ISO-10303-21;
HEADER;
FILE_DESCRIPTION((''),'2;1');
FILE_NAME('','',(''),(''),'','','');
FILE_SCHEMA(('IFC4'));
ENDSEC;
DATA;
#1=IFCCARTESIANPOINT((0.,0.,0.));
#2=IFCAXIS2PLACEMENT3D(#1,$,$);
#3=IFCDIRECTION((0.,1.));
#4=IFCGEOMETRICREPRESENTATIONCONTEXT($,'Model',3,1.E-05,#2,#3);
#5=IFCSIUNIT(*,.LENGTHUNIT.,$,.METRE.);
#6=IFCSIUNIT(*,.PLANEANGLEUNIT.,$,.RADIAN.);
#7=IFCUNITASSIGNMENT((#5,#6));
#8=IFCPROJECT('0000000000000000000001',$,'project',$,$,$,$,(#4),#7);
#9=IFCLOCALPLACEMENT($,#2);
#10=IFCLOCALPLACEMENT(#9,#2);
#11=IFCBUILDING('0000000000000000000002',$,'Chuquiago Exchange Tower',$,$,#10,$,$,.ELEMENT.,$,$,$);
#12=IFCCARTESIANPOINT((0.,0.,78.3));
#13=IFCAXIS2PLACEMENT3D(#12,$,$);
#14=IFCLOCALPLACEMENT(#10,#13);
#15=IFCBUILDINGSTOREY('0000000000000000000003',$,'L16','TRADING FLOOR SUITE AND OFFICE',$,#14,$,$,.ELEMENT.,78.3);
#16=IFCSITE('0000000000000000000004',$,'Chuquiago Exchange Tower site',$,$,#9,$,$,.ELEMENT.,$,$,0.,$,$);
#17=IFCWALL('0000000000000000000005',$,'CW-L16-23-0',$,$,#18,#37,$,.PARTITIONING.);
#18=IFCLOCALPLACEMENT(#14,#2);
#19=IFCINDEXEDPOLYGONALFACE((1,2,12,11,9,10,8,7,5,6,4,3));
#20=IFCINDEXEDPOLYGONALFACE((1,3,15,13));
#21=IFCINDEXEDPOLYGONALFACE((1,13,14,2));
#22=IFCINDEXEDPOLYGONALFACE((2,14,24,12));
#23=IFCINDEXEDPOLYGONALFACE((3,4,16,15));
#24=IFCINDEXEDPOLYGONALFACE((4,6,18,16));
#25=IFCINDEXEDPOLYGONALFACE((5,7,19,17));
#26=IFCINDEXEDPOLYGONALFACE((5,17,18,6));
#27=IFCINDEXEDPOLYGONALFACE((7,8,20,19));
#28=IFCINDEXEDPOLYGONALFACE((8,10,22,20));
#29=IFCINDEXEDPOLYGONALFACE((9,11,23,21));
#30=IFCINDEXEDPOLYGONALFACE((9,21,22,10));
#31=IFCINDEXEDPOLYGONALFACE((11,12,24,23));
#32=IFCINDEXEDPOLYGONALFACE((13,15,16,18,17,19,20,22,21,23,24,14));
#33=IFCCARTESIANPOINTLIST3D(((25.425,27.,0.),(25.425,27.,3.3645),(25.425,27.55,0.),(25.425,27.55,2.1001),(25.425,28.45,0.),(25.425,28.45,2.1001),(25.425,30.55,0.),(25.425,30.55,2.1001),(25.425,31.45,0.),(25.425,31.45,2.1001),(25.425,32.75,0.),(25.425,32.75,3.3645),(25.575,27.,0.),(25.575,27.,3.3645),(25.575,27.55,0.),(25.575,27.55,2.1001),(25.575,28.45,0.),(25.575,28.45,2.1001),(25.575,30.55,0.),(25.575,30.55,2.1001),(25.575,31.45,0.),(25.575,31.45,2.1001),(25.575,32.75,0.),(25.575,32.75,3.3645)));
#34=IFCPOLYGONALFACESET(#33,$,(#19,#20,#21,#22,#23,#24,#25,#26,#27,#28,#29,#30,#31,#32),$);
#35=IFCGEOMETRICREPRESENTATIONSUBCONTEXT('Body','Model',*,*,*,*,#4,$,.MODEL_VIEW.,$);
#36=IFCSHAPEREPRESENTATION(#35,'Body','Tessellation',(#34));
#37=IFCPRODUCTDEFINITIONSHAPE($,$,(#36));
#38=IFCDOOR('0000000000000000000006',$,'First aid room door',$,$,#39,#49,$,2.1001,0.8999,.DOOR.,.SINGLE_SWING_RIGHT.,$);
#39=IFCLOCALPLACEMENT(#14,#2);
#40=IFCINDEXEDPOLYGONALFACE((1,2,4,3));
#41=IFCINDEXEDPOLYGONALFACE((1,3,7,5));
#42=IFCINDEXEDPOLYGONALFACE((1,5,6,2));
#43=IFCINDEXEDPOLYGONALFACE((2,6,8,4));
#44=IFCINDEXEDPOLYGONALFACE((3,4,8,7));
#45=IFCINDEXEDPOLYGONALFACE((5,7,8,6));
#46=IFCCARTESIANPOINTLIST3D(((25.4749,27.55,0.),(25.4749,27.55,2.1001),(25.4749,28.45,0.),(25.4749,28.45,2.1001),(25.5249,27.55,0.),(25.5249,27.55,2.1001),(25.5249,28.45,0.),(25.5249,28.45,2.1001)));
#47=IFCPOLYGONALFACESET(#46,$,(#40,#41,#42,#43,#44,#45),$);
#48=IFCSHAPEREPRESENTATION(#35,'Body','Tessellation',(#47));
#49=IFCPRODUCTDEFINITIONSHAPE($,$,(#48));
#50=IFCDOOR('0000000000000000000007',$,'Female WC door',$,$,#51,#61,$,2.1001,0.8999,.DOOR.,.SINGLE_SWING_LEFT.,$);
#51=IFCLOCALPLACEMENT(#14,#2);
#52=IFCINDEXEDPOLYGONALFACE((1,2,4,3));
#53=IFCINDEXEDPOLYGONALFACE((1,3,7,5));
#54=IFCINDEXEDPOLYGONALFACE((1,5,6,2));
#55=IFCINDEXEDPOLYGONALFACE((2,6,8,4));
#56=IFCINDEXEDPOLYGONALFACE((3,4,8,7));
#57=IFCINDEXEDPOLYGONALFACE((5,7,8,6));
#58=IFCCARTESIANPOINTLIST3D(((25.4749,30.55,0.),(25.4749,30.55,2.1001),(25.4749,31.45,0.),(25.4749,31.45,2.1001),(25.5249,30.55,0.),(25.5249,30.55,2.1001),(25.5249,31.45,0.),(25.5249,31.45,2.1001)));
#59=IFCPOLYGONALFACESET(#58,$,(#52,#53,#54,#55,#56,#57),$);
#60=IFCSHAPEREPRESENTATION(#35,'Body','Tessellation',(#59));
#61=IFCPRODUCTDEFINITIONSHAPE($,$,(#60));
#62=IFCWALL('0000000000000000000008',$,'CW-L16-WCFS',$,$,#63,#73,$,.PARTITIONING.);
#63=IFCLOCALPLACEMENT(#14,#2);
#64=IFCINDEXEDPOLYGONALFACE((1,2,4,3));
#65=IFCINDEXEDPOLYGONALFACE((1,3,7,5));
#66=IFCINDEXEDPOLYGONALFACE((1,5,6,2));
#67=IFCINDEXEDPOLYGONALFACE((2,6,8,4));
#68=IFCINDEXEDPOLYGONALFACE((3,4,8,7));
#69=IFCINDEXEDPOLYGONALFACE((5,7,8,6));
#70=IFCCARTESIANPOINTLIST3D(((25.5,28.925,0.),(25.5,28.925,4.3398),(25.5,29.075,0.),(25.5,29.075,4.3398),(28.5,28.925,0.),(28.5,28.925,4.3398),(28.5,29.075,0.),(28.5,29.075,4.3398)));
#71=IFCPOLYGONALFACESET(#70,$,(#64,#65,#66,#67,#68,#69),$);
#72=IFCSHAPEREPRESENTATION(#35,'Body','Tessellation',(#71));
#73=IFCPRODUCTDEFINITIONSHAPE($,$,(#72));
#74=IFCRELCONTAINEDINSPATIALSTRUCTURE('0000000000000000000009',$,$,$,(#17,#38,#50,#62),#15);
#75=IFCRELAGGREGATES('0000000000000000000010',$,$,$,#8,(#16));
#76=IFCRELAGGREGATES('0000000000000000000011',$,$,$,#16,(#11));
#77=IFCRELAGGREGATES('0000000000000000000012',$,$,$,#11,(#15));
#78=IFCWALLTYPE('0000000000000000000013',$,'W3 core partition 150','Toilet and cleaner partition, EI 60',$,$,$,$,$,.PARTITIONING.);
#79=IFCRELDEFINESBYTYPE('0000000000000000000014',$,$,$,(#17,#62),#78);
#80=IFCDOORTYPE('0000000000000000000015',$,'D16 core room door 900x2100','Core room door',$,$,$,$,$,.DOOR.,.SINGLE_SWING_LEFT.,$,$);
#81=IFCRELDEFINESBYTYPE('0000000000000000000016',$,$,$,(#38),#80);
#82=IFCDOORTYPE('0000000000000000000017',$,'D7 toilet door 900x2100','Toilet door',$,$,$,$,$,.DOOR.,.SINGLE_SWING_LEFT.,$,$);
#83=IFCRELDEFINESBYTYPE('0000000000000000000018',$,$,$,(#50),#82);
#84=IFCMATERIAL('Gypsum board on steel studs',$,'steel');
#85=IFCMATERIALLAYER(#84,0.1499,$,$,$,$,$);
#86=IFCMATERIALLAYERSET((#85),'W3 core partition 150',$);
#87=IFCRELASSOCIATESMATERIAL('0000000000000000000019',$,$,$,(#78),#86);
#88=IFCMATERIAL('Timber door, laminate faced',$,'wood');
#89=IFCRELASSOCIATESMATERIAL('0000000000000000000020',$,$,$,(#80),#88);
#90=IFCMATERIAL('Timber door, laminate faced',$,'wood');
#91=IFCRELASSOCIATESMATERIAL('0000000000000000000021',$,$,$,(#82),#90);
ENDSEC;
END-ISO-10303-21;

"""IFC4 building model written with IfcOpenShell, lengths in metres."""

from ifc_helpers import new_model, si_unit, direction, frame, frame_2d, origin, place, context, subcontext, project, spatial, rectangle, extrude, material, layer, layer_set, type_object, element, fill, save


model = new_model("IFC4")

# Units and contexts
model_context = context("Model", 3, precision=1e-05, world=origin(), true_north=direction((0.0, 1.0)))
body_context = subcontext(model_context, "Body", "Model", "MODEL_VIEW")
ifc_project = project(units=[si_unit("LENGTHUNIT", "METRE"), si_unit("PLANEANGLEUNIT", "RADIAN")], contexts=[model_context])

# Site, building, storey
site_placement = place(None, origin())
site = spatial("IfcSite", under=ifc_project, at=site_placement, Name="Chuquiago Exchange Tower site", CompositionType="ELEMENT", RefElevation=0.0)
building_placement = place(site_placement, origin())
building = spatial("IfcBuilding", under=site, at=building_placement, Name="Chuquiago Exchange Tower", CompositionType="ELEMENT")
storey_placement = place(building_placement, frame((0.0, 0.0, 78.3)))
storey = spatial("IfcBuildingStorey", under=building, at=storey_placement, Name="L16", Description="TRADING FLOOR SUITE AND OFFICE", CompositionType="ELEMENT", Elevation=78.3)

# Wall, openings, doors
ifc_material_1 = material(Name="Gypsum board on steel studs", Category="steel")
ifc_layer_1 = layer(ifc_material_1, 0.1499)
ifc_layer_set_1 = layer_set([ifc_layer_1], Name="W3 core partition 150")
wall_type_1 = type_object("IfcWallType", Name="W3 core partition 150", Description="Toilet and cleaner partition, EI 60", PredefinedType="PARTITIONING", material=ifc_layer_set_1)
ifc_material_2 = material(Name="Timber door, laminate faced", Category="wood")
door_type_1 = type_object("IfcDoorType", Name="D16 core room door 900x2100", Description="Core room door", OperationType="SINGLE_SWING_LEFT", PredefinedType="DOOR", material=ifc_material_2)
ifc_material_3 = material(Name="Timber door, laminate faced", Category="wood")
door_type_2 = type_object("IfcDoorType", Name="D7 toilet door 900x2100", Description="Toilet door", OperationType="SINGLE_SWING_LEFT", PredefinedType="DOOR", material=ifc_material_3)
wall_1_placement = place(storey_placement, frame((25.5, 27.0, 0.0), z_axis=(0.0, 0.0, 1.0), x_axis=(0.0, 1.0, 0.0)))
wall_1 = element("IfcWall", 1, at=wall_1_placement, inside=storey, type_object=wall_type_1, Name="CW-L16-23-0", PredefinedType="PARTITIONING", context=body_context, shape_type="SweptSolid", body=[
    extrude(rectangle(XDim=5.75, YDim=0.1499, at=frame_2d((2.875, 0.0))), origin(), (0.0, 0.0, 1.0), 3.3645),
])
opening_1_placement = place(wall_1_placement, frame((0.55, 0.0, 0.0)))
opening_1 = element("IfcOpeningElement", 2, at=opening_1_placement, cuts=wall_1, PredefinedType="OPENING", context=body_context, shape_type="SweptSolid", body=[
    extrude(rectangle(XDim=0.8999, YDim=2.1001, at=frame_2d((0.45, 1.05))), frame((0.0, 0.085, 0.0), z_axis=(0.0, -1.0, 0.0), x_axis=(1.0, 0.0, 0.0)), (0.0, 0.0, 1.0), 0.1699),
])
opening_2_placement = place(wall_1_placement, frame((3.55, 0.0, 0.0)))
opening_2 = element("IfcOpeningElement", 3, at=opening_2_placement, cuts=wall_1, PredefinedType="OPENING", context=body_context, shape_type="SweptSolid", body=[
    extrude(rectangle(XDim=0.8999, YDim=2.1001, at=frame_2d((0.45, 1.05))), frame((0.0, 0.085, 0.0), z_axis=(0.0, -1.0, 0.0), x_axis=(1.0, 0.0, 0.0)), (0.0, 0.0, 1.0), 0.1699),
])
door_1_placement = place(opening_1_placement, frame((0.8999, 0.0, 0.0), z_axis=(0.0, 0.0, 1.0), x_axis=(-1.0, 0.0, 0.0)))
door_1 = element("IfcDoor", 4, at=door_1_placement, inside=storey, type_object=door_type_1, Name="First aid room door", OperationType="SINGLE_SWING_RIGHT", OverallHeight=2.1001, OverallWidth=0.8999, PredefinedType="DOOR", context=body_context, shape_type="SweptSolid", body=[
    extrude(rectangle(XDim=0.8999, YDim=2.1001, at=frame_2d((0.45, 1.05))), frame((0.0, 0.0249, 0.0), z_axis=(0.0, -1.0, 0.0), x_axis=(1.0, 0.0, 0.0)), (0.0, 0.0, 1.0), 0.05),
])
fill(opening_1, door_1)
door_2_placement = place(opening_2_placement, frame((0.8999, 0.0, 0.0), z_axis=(0.0, 0.0, 1.0), x_axis=(-1.0, 0.0, 0.0)))
door_2 = element("IfcDoor", 5, at=door_2_placement, inside=storey, type_object=door_type_2, Name="Female WC door", OperationType="SINGLE_SWING_LEFT", OverallHeight=2.1001, OverallWidth=0.8999, PredefinedType="DOOR", context=body_context, shape_type="SweptSolid", body=[
    extrude(rectangle(XDim=0.8999, YDim=2.1001, at=frame_2d((0.45, 1.05))), frame((0.0, 0.0249, 0.0), z_axis=(0.0, -1.0, 0.0), x_axis=(1.0, 0.0, 0.0)), (0.0, 0.0, 1.0), 0.05),
])
fill(opening_2, door_2)

# Wall
wall_2_placement = place(storey_placement, frame((25.5, 29.0, 0.0), z_axis=(0.0, 0.0, 1.0), x_axis=(1.0, 0.0, 0.0)))
element("IfcWall", 6, at=wall_2_placement, inside=storey, type_object=wall_type_1, Name="CW-L16-WCFS", PredefinedType="PARTITIONING", context=body_context, shape_type="SweptSolid", body=[
    extrude(rectangle(XDim=3.0, YDim=0.1499, at=frame_2d((1.5, 0.0))), origin(), (0.0, 0.0, 1.0), 4.3398),
])

save(model, "model.ifc")
